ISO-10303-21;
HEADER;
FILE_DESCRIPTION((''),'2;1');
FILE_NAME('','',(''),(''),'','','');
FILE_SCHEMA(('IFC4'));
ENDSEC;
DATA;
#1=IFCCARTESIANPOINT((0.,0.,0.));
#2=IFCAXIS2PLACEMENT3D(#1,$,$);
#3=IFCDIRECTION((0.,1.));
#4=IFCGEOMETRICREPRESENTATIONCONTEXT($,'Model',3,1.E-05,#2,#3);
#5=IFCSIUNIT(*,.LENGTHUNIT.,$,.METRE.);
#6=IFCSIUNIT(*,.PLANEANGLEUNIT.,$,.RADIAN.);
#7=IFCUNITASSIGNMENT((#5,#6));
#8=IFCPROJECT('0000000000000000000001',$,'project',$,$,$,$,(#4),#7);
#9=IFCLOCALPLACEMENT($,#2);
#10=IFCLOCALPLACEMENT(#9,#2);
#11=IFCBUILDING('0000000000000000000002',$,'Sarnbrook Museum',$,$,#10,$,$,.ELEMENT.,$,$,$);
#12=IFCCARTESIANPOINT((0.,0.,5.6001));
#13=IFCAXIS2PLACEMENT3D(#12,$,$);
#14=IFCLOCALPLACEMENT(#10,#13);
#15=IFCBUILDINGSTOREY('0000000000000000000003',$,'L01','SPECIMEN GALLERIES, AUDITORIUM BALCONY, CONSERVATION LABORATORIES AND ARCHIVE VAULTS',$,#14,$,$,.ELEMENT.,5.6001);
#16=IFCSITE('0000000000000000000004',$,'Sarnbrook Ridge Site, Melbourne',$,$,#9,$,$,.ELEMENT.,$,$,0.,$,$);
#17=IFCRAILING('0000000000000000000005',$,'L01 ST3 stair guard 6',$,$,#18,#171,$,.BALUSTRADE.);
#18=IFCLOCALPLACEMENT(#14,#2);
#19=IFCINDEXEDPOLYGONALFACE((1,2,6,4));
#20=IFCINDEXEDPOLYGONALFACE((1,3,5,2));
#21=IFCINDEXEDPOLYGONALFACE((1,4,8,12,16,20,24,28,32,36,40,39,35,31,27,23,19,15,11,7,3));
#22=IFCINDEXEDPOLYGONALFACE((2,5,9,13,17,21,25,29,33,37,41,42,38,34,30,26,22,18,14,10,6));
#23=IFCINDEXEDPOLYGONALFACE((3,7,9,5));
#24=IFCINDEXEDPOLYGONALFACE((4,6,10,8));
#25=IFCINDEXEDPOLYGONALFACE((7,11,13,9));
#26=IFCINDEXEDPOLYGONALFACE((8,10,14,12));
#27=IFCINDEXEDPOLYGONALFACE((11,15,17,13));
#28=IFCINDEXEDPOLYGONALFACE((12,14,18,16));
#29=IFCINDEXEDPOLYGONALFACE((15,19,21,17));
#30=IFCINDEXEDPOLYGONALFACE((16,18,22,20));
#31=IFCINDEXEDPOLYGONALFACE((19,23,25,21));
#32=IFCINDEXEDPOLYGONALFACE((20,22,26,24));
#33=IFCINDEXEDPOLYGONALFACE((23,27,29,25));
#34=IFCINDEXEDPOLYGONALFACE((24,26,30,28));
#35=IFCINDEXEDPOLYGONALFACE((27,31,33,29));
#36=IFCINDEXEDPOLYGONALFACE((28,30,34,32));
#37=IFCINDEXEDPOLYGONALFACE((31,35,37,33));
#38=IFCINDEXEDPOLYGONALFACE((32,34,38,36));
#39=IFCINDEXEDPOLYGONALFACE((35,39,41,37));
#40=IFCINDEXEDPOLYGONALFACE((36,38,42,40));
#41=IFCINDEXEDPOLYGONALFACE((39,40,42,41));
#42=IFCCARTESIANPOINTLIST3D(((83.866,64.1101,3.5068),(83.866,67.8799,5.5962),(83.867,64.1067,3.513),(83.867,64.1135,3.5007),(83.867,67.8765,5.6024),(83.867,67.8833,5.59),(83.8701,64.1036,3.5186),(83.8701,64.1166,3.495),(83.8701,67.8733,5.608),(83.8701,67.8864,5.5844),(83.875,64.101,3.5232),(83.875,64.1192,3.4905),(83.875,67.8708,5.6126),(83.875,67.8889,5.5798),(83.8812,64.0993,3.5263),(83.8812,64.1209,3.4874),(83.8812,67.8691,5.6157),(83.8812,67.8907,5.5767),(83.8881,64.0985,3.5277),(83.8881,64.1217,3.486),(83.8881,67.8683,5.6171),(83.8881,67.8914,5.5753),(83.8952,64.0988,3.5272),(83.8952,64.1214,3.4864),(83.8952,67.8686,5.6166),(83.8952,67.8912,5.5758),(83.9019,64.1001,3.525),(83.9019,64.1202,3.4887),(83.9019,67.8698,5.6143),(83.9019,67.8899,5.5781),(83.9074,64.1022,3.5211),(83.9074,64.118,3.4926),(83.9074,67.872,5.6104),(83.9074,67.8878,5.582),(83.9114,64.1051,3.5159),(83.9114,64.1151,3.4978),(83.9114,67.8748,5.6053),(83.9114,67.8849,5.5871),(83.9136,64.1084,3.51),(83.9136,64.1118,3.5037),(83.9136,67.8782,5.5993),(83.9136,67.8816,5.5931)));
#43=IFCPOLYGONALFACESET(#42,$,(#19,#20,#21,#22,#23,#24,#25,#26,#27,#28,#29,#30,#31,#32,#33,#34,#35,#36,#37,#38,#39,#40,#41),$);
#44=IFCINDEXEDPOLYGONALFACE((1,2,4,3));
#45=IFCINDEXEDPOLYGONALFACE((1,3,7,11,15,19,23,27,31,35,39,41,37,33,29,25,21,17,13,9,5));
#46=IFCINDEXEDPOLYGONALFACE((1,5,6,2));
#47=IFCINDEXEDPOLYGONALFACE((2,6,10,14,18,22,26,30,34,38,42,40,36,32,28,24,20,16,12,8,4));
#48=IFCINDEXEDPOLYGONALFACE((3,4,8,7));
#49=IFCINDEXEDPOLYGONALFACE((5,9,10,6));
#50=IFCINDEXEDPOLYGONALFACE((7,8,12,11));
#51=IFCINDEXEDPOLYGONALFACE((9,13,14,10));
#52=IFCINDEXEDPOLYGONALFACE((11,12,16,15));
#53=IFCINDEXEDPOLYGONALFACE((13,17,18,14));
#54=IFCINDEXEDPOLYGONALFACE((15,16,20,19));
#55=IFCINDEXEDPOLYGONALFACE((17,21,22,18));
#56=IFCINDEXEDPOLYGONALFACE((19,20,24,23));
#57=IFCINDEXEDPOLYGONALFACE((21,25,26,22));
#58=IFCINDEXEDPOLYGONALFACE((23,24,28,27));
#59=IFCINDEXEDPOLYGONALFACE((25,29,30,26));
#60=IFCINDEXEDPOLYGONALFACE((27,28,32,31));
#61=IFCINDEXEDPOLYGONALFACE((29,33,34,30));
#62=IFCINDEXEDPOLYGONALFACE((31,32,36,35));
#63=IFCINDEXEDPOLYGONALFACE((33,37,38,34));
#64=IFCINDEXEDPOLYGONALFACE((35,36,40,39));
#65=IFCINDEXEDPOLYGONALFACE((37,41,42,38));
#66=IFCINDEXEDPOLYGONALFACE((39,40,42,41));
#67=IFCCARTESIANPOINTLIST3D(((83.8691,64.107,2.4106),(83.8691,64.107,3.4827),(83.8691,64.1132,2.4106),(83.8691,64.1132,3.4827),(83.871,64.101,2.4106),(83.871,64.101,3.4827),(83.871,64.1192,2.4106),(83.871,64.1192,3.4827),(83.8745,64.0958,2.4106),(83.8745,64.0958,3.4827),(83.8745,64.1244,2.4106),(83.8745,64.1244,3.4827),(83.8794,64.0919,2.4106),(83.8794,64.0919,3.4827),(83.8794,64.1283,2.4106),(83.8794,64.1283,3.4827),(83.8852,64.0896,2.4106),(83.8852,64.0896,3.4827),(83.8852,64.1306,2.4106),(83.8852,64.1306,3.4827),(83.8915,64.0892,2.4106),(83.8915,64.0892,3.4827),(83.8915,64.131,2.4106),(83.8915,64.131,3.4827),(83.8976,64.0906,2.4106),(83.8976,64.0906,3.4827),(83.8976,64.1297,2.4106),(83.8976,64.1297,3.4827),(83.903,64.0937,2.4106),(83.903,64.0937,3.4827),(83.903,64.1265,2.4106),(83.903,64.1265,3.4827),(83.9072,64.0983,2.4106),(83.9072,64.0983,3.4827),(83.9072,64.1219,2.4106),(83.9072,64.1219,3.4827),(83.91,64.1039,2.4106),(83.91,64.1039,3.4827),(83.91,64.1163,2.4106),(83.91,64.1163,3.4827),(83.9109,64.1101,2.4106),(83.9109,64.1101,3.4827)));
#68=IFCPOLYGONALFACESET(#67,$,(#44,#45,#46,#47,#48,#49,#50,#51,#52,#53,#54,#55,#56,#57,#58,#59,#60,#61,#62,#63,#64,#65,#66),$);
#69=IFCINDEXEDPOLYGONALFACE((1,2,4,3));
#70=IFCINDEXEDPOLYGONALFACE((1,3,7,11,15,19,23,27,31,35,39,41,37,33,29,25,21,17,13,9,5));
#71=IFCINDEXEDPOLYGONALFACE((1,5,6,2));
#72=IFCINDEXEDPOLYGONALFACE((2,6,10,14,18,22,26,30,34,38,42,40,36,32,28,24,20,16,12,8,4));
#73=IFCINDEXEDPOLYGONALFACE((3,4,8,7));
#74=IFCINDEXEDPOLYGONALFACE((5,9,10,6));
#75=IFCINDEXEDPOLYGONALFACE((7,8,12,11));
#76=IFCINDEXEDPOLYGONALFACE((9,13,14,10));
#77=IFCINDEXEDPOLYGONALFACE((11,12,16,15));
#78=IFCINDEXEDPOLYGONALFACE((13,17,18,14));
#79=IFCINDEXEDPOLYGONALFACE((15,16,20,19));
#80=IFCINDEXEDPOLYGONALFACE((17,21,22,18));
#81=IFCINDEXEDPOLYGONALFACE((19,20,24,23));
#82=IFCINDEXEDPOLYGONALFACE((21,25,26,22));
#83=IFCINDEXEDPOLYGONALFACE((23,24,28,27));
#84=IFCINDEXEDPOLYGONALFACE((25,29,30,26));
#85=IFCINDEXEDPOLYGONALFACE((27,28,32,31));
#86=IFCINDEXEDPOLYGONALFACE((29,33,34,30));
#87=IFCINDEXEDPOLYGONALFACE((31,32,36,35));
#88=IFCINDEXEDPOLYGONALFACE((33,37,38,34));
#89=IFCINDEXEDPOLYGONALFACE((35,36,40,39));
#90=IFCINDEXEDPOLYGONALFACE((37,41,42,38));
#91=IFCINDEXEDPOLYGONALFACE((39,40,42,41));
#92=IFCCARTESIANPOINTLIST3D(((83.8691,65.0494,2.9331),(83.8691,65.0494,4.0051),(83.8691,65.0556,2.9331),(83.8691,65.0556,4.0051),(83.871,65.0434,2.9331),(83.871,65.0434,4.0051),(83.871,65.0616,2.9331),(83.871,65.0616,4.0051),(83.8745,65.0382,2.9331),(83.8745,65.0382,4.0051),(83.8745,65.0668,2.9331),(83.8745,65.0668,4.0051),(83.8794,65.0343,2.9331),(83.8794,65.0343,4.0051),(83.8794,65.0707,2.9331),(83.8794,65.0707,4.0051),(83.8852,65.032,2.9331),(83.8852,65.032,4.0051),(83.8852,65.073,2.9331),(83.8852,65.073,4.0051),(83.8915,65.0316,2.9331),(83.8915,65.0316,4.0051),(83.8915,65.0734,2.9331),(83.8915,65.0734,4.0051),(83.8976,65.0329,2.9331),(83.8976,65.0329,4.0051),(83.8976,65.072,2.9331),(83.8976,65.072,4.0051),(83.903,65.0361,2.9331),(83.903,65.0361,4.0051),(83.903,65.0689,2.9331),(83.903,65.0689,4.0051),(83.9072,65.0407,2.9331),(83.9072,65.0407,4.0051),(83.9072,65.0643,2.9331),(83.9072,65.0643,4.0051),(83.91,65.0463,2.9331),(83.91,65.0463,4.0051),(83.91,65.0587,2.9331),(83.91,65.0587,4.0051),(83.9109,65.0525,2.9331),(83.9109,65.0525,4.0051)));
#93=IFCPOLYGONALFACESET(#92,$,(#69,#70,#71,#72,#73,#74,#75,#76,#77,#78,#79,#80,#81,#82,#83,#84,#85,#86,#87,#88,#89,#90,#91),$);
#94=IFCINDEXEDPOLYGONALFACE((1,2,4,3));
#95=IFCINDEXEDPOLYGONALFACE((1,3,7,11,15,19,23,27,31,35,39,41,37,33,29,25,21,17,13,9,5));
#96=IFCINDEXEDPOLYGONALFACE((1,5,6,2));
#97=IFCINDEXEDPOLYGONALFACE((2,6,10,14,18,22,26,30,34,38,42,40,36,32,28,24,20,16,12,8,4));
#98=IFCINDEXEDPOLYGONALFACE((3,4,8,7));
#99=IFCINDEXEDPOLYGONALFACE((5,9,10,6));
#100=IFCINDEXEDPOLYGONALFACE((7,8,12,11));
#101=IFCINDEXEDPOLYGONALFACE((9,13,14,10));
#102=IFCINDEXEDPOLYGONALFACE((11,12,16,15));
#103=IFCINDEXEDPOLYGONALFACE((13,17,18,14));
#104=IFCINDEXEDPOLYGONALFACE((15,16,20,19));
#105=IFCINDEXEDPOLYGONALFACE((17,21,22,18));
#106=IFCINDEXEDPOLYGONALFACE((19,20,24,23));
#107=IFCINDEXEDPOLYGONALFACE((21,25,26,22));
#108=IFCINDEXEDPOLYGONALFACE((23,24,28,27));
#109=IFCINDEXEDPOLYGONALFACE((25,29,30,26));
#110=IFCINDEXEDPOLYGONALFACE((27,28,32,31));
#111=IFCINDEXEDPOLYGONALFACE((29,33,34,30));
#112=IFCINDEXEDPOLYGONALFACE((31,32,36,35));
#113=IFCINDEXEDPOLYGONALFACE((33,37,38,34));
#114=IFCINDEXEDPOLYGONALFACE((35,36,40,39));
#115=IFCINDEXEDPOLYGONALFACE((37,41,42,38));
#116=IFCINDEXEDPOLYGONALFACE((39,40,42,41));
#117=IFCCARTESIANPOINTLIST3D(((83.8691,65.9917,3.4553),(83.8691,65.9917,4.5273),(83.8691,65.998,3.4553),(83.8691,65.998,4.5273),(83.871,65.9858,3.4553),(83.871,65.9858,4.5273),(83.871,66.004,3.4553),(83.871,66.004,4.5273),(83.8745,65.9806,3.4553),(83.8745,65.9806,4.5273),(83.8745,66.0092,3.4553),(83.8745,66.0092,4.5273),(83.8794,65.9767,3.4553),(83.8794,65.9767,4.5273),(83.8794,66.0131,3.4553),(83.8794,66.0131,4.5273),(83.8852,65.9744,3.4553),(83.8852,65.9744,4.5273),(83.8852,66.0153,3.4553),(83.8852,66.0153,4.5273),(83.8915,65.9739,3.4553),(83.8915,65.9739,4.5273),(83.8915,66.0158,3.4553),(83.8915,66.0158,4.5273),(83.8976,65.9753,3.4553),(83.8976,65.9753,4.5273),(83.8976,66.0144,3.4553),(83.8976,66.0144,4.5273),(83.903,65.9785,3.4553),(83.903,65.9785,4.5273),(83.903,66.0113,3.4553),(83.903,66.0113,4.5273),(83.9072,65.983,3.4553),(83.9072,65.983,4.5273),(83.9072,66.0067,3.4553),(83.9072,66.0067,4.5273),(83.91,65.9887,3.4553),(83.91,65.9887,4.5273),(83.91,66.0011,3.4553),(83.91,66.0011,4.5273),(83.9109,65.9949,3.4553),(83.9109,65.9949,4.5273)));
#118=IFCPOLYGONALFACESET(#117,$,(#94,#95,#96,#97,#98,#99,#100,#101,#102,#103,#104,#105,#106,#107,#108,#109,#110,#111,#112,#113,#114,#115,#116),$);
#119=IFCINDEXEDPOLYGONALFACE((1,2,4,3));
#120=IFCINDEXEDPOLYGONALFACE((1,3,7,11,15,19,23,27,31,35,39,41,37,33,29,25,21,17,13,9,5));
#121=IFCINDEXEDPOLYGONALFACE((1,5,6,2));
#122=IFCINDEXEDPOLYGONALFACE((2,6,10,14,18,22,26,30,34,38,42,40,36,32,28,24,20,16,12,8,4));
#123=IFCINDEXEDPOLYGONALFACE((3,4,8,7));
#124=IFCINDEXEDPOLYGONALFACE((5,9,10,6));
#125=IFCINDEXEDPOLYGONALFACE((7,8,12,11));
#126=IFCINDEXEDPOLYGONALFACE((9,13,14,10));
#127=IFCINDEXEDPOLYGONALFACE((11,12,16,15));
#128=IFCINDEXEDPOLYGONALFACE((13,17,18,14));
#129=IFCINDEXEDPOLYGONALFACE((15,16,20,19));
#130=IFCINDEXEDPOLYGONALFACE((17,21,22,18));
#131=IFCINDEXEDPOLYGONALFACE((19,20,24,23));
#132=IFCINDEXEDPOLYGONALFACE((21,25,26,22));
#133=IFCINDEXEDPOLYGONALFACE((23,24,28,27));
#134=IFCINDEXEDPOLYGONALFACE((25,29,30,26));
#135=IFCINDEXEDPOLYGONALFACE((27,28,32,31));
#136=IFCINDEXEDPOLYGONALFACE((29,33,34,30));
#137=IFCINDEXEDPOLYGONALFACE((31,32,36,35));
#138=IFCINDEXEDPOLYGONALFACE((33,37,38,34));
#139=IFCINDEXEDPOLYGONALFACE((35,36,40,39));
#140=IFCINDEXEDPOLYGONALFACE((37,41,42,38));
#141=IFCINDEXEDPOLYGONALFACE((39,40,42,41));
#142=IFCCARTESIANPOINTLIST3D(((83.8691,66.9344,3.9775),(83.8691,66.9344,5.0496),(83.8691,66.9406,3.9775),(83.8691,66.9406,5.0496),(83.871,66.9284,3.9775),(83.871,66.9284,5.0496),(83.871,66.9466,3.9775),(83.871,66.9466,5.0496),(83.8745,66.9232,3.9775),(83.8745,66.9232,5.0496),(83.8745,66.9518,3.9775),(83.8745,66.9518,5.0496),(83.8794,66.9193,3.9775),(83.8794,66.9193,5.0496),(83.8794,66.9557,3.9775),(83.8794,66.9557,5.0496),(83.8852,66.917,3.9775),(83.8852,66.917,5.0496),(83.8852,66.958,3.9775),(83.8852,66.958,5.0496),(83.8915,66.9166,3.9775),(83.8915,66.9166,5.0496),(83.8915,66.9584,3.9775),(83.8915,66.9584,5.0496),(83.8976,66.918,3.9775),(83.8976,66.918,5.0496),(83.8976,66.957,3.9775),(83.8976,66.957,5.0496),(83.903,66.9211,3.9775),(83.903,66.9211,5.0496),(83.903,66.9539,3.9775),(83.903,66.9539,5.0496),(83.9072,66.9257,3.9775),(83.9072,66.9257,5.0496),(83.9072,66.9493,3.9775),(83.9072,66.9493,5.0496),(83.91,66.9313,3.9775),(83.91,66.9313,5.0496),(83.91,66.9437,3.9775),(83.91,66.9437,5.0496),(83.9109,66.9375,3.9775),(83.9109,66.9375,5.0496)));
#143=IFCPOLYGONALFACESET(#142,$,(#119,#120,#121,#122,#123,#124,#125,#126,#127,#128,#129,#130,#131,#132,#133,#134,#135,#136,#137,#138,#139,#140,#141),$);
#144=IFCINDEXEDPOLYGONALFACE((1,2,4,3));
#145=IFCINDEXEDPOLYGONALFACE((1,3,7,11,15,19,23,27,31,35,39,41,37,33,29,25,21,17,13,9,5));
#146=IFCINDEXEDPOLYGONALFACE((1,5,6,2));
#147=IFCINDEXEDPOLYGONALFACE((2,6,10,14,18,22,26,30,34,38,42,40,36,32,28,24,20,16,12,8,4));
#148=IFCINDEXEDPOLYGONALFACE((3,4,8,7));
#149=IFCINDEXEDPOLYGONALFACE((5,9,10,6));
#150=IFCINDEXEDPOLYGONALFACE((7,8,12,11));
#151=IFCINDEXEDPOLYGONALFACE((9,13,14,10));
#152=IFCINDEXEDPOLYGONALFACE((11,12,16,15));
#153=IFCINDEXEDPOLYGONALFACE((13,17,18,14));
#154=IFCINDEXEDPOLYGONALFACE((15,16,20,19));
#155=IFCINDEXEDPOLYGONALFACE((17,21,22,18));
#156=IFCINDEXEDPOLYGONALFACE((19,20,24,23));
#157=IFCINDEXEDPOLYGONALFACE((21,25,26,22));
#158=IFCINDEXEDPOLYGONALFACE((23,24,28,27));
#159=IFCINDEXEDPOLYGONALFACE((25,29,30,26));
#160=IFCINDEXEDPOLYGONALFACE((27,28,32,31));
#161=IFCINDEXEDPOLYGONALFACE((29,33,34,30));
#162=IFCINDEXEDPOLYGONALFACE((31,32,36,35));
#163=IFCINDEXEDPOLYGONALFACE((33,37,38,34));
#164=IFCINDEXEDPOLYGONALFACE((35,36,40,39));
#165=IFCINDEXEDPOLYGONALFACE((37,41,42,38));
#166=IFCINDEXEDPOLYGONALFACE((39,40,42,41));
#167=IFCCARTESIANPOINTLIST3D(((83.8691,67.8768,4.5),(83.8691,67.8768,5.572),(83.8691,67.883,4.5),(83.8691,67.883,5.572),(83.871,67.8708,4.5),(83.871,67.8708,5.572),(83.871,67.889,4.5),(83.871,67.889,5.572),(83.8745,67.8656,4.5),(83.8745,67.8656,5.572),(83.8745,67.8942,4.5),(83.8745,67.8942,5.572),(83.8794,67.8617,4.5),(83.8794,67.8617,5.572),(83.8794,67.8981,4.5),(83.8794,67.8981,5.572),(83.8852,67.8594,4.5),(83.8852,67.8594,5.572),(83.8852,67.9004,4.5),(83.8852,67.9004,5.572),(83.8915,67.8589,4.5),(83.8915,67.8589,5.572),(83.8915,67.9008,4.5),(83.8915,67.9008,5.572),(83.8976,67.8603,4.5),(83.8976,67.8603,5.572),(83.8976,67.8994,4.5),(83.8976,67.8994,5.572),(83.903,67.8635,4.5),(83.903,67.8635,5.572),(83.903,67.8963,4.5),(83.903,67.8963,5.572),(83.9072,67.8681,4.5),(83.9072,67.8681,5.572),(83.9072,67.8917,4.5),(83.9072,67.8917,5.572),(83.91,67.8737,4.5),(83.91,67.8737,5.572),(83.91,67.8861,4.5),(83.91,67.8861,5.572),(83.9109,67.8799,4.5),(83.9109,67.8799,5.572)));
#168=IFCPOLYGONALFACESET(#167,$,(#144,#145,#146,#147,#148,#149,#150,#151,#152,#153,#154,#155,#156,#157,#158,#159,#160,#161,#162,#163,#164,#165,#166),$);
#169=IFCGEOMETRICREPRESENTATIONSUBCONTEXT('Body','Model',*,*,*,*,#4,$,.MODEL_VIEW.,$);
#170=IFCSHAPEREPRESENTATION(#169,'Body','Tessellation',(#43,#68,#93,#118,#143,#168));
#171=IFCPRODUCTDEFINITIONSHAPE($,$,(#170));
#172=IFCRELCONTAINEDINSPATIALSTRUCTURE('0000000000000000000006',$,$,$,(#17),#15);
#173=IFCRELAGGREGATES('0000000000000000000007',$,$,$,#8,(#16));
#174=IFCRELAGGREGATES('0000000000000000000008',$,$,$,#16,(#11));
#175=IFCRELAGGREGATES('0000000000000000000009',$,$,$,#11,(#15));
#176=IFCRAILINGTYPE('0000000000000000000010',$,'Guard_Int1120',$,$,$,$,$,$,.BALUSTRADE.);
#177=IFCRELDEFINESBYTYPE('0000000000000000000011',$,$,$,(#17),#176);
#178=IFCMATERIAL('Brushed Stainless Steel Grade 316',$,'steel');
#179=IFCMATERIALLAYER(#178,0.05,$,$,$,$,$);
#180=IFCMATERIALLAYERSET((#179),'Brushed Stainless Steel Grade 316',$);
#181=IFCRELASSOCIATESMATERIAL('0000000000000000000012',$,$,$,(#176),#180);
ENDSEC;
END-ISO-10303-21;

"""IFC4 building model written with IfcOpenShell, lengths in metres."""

from ifc_helpers import new_model, si_unit, direction, frame, origin, origin_2d, place, context, subcontext, project, spatial, circle, extrude, material, layer, layer_set, type_object, element, save


model = new_model("IFC4")

# Units and contexts
model_context = context("Model", 3, precision=1e-05, world=origin(), true_north=direction((0.0, 1.0)))
body_context = subcontext(model_context, "Body", "Model", "MODEL_VIEW")
ifc_project = project(units=[si_unit("LENGTHUNIT", "METRE"), si_unit("PLANEANGLEUNIT", "RADIAN")], contexts=[model_context])

# Site, building, storey
site_placement = place(None, origin())
site = spatial("IfcSite", under=ifc_project, at=site_placement, Name="Sarnbrook Ridge Site, Melbourne", CompositionType="ELEMENT", RefElevation=0.0)
building_placement = place(site_placement, origin())
building = spatial("IfcBuilding", under=site, at=building_placement, Name="Sarnbrook Museum", CompositionType="ELEMENT")
storey_placement = place(building_placement, frame((0.0, 0.0, 5.6001)))
storey = spatial("IfcBuildingStorey", under=building, at=storey_placement, Name="L01", Description="SPECIMEN GALLERIES, AUDITORIUM BALCONY, CONSERVATION LABORATORIES AND ARCHIVE VAULTS", CompositionType="ELEMENT", Elevation=5.6001)

# Shared definitions
ifc_material_1 = material(Name="Brushed Stainless Steel Grade 316", Category="steel")

# Railing
ifc_layer_1 = layer(ifc_material_1, 0.05)
ifc_layer_set_1 = layer_set([ifc_layer_1], Name="Brushed Stainless Steel Grade 316")
railing_type_1 = type_object("IfcRailingType", Name="Guard_Int1120", PredefinedType="BALUSTRADE", material=ifc_layer_set_1)
railing_1_placement = place(storey_placement, frame((83.8899, 64.1101, 2.4106)))
element("IfcRailing", 1, at=railing_1_placement, inside=storey, type_object=railing_type_1, Name="L01 ST3 stair guard 6", PredefinedType="BALUSTRADE", context=body_context, shape_type="SweptSolid", body=[
    extrude(circle(Radius=0.0239, at=origin_2d()), frame((0.0, 0.0, 1.0962), z_axis=(0.0, 0.874646, 0.484763), x_axis=(-1.0, 0.0, 0.0)), (0.0, 0.0, 1.0), 4.3101),
    extrude(circle(Radius=0.021, at=origin_2d()), origin(), (0.0, 0.0, 1.0), 1.072),
    extrude(circle(Radius=0.021, at=origin_2d()), frame((0.0, 0.9424, 0.5225)), (0.0, 0.0, 1.0), 1.072),
    extrude(circle(Radius=0.021, at=origin_2d()), frame((0.0, 1.8848, 1.0447)), (0.0, 0.0, 1.0), 1.072),
    extrude(circle(Radius=0.021, at=origin_2d()), frame((0.0, 2.8274, 1.5669)), (0.0, 0.0, 1.0), 1.072),
    extrude(circle(Radius=0.021, at=origin_2d()), frame((0.0, 3.7698, 2.0894)), (0.0, 0.0, 1.0), 1.072),
])

save(model, "model.ifc")
